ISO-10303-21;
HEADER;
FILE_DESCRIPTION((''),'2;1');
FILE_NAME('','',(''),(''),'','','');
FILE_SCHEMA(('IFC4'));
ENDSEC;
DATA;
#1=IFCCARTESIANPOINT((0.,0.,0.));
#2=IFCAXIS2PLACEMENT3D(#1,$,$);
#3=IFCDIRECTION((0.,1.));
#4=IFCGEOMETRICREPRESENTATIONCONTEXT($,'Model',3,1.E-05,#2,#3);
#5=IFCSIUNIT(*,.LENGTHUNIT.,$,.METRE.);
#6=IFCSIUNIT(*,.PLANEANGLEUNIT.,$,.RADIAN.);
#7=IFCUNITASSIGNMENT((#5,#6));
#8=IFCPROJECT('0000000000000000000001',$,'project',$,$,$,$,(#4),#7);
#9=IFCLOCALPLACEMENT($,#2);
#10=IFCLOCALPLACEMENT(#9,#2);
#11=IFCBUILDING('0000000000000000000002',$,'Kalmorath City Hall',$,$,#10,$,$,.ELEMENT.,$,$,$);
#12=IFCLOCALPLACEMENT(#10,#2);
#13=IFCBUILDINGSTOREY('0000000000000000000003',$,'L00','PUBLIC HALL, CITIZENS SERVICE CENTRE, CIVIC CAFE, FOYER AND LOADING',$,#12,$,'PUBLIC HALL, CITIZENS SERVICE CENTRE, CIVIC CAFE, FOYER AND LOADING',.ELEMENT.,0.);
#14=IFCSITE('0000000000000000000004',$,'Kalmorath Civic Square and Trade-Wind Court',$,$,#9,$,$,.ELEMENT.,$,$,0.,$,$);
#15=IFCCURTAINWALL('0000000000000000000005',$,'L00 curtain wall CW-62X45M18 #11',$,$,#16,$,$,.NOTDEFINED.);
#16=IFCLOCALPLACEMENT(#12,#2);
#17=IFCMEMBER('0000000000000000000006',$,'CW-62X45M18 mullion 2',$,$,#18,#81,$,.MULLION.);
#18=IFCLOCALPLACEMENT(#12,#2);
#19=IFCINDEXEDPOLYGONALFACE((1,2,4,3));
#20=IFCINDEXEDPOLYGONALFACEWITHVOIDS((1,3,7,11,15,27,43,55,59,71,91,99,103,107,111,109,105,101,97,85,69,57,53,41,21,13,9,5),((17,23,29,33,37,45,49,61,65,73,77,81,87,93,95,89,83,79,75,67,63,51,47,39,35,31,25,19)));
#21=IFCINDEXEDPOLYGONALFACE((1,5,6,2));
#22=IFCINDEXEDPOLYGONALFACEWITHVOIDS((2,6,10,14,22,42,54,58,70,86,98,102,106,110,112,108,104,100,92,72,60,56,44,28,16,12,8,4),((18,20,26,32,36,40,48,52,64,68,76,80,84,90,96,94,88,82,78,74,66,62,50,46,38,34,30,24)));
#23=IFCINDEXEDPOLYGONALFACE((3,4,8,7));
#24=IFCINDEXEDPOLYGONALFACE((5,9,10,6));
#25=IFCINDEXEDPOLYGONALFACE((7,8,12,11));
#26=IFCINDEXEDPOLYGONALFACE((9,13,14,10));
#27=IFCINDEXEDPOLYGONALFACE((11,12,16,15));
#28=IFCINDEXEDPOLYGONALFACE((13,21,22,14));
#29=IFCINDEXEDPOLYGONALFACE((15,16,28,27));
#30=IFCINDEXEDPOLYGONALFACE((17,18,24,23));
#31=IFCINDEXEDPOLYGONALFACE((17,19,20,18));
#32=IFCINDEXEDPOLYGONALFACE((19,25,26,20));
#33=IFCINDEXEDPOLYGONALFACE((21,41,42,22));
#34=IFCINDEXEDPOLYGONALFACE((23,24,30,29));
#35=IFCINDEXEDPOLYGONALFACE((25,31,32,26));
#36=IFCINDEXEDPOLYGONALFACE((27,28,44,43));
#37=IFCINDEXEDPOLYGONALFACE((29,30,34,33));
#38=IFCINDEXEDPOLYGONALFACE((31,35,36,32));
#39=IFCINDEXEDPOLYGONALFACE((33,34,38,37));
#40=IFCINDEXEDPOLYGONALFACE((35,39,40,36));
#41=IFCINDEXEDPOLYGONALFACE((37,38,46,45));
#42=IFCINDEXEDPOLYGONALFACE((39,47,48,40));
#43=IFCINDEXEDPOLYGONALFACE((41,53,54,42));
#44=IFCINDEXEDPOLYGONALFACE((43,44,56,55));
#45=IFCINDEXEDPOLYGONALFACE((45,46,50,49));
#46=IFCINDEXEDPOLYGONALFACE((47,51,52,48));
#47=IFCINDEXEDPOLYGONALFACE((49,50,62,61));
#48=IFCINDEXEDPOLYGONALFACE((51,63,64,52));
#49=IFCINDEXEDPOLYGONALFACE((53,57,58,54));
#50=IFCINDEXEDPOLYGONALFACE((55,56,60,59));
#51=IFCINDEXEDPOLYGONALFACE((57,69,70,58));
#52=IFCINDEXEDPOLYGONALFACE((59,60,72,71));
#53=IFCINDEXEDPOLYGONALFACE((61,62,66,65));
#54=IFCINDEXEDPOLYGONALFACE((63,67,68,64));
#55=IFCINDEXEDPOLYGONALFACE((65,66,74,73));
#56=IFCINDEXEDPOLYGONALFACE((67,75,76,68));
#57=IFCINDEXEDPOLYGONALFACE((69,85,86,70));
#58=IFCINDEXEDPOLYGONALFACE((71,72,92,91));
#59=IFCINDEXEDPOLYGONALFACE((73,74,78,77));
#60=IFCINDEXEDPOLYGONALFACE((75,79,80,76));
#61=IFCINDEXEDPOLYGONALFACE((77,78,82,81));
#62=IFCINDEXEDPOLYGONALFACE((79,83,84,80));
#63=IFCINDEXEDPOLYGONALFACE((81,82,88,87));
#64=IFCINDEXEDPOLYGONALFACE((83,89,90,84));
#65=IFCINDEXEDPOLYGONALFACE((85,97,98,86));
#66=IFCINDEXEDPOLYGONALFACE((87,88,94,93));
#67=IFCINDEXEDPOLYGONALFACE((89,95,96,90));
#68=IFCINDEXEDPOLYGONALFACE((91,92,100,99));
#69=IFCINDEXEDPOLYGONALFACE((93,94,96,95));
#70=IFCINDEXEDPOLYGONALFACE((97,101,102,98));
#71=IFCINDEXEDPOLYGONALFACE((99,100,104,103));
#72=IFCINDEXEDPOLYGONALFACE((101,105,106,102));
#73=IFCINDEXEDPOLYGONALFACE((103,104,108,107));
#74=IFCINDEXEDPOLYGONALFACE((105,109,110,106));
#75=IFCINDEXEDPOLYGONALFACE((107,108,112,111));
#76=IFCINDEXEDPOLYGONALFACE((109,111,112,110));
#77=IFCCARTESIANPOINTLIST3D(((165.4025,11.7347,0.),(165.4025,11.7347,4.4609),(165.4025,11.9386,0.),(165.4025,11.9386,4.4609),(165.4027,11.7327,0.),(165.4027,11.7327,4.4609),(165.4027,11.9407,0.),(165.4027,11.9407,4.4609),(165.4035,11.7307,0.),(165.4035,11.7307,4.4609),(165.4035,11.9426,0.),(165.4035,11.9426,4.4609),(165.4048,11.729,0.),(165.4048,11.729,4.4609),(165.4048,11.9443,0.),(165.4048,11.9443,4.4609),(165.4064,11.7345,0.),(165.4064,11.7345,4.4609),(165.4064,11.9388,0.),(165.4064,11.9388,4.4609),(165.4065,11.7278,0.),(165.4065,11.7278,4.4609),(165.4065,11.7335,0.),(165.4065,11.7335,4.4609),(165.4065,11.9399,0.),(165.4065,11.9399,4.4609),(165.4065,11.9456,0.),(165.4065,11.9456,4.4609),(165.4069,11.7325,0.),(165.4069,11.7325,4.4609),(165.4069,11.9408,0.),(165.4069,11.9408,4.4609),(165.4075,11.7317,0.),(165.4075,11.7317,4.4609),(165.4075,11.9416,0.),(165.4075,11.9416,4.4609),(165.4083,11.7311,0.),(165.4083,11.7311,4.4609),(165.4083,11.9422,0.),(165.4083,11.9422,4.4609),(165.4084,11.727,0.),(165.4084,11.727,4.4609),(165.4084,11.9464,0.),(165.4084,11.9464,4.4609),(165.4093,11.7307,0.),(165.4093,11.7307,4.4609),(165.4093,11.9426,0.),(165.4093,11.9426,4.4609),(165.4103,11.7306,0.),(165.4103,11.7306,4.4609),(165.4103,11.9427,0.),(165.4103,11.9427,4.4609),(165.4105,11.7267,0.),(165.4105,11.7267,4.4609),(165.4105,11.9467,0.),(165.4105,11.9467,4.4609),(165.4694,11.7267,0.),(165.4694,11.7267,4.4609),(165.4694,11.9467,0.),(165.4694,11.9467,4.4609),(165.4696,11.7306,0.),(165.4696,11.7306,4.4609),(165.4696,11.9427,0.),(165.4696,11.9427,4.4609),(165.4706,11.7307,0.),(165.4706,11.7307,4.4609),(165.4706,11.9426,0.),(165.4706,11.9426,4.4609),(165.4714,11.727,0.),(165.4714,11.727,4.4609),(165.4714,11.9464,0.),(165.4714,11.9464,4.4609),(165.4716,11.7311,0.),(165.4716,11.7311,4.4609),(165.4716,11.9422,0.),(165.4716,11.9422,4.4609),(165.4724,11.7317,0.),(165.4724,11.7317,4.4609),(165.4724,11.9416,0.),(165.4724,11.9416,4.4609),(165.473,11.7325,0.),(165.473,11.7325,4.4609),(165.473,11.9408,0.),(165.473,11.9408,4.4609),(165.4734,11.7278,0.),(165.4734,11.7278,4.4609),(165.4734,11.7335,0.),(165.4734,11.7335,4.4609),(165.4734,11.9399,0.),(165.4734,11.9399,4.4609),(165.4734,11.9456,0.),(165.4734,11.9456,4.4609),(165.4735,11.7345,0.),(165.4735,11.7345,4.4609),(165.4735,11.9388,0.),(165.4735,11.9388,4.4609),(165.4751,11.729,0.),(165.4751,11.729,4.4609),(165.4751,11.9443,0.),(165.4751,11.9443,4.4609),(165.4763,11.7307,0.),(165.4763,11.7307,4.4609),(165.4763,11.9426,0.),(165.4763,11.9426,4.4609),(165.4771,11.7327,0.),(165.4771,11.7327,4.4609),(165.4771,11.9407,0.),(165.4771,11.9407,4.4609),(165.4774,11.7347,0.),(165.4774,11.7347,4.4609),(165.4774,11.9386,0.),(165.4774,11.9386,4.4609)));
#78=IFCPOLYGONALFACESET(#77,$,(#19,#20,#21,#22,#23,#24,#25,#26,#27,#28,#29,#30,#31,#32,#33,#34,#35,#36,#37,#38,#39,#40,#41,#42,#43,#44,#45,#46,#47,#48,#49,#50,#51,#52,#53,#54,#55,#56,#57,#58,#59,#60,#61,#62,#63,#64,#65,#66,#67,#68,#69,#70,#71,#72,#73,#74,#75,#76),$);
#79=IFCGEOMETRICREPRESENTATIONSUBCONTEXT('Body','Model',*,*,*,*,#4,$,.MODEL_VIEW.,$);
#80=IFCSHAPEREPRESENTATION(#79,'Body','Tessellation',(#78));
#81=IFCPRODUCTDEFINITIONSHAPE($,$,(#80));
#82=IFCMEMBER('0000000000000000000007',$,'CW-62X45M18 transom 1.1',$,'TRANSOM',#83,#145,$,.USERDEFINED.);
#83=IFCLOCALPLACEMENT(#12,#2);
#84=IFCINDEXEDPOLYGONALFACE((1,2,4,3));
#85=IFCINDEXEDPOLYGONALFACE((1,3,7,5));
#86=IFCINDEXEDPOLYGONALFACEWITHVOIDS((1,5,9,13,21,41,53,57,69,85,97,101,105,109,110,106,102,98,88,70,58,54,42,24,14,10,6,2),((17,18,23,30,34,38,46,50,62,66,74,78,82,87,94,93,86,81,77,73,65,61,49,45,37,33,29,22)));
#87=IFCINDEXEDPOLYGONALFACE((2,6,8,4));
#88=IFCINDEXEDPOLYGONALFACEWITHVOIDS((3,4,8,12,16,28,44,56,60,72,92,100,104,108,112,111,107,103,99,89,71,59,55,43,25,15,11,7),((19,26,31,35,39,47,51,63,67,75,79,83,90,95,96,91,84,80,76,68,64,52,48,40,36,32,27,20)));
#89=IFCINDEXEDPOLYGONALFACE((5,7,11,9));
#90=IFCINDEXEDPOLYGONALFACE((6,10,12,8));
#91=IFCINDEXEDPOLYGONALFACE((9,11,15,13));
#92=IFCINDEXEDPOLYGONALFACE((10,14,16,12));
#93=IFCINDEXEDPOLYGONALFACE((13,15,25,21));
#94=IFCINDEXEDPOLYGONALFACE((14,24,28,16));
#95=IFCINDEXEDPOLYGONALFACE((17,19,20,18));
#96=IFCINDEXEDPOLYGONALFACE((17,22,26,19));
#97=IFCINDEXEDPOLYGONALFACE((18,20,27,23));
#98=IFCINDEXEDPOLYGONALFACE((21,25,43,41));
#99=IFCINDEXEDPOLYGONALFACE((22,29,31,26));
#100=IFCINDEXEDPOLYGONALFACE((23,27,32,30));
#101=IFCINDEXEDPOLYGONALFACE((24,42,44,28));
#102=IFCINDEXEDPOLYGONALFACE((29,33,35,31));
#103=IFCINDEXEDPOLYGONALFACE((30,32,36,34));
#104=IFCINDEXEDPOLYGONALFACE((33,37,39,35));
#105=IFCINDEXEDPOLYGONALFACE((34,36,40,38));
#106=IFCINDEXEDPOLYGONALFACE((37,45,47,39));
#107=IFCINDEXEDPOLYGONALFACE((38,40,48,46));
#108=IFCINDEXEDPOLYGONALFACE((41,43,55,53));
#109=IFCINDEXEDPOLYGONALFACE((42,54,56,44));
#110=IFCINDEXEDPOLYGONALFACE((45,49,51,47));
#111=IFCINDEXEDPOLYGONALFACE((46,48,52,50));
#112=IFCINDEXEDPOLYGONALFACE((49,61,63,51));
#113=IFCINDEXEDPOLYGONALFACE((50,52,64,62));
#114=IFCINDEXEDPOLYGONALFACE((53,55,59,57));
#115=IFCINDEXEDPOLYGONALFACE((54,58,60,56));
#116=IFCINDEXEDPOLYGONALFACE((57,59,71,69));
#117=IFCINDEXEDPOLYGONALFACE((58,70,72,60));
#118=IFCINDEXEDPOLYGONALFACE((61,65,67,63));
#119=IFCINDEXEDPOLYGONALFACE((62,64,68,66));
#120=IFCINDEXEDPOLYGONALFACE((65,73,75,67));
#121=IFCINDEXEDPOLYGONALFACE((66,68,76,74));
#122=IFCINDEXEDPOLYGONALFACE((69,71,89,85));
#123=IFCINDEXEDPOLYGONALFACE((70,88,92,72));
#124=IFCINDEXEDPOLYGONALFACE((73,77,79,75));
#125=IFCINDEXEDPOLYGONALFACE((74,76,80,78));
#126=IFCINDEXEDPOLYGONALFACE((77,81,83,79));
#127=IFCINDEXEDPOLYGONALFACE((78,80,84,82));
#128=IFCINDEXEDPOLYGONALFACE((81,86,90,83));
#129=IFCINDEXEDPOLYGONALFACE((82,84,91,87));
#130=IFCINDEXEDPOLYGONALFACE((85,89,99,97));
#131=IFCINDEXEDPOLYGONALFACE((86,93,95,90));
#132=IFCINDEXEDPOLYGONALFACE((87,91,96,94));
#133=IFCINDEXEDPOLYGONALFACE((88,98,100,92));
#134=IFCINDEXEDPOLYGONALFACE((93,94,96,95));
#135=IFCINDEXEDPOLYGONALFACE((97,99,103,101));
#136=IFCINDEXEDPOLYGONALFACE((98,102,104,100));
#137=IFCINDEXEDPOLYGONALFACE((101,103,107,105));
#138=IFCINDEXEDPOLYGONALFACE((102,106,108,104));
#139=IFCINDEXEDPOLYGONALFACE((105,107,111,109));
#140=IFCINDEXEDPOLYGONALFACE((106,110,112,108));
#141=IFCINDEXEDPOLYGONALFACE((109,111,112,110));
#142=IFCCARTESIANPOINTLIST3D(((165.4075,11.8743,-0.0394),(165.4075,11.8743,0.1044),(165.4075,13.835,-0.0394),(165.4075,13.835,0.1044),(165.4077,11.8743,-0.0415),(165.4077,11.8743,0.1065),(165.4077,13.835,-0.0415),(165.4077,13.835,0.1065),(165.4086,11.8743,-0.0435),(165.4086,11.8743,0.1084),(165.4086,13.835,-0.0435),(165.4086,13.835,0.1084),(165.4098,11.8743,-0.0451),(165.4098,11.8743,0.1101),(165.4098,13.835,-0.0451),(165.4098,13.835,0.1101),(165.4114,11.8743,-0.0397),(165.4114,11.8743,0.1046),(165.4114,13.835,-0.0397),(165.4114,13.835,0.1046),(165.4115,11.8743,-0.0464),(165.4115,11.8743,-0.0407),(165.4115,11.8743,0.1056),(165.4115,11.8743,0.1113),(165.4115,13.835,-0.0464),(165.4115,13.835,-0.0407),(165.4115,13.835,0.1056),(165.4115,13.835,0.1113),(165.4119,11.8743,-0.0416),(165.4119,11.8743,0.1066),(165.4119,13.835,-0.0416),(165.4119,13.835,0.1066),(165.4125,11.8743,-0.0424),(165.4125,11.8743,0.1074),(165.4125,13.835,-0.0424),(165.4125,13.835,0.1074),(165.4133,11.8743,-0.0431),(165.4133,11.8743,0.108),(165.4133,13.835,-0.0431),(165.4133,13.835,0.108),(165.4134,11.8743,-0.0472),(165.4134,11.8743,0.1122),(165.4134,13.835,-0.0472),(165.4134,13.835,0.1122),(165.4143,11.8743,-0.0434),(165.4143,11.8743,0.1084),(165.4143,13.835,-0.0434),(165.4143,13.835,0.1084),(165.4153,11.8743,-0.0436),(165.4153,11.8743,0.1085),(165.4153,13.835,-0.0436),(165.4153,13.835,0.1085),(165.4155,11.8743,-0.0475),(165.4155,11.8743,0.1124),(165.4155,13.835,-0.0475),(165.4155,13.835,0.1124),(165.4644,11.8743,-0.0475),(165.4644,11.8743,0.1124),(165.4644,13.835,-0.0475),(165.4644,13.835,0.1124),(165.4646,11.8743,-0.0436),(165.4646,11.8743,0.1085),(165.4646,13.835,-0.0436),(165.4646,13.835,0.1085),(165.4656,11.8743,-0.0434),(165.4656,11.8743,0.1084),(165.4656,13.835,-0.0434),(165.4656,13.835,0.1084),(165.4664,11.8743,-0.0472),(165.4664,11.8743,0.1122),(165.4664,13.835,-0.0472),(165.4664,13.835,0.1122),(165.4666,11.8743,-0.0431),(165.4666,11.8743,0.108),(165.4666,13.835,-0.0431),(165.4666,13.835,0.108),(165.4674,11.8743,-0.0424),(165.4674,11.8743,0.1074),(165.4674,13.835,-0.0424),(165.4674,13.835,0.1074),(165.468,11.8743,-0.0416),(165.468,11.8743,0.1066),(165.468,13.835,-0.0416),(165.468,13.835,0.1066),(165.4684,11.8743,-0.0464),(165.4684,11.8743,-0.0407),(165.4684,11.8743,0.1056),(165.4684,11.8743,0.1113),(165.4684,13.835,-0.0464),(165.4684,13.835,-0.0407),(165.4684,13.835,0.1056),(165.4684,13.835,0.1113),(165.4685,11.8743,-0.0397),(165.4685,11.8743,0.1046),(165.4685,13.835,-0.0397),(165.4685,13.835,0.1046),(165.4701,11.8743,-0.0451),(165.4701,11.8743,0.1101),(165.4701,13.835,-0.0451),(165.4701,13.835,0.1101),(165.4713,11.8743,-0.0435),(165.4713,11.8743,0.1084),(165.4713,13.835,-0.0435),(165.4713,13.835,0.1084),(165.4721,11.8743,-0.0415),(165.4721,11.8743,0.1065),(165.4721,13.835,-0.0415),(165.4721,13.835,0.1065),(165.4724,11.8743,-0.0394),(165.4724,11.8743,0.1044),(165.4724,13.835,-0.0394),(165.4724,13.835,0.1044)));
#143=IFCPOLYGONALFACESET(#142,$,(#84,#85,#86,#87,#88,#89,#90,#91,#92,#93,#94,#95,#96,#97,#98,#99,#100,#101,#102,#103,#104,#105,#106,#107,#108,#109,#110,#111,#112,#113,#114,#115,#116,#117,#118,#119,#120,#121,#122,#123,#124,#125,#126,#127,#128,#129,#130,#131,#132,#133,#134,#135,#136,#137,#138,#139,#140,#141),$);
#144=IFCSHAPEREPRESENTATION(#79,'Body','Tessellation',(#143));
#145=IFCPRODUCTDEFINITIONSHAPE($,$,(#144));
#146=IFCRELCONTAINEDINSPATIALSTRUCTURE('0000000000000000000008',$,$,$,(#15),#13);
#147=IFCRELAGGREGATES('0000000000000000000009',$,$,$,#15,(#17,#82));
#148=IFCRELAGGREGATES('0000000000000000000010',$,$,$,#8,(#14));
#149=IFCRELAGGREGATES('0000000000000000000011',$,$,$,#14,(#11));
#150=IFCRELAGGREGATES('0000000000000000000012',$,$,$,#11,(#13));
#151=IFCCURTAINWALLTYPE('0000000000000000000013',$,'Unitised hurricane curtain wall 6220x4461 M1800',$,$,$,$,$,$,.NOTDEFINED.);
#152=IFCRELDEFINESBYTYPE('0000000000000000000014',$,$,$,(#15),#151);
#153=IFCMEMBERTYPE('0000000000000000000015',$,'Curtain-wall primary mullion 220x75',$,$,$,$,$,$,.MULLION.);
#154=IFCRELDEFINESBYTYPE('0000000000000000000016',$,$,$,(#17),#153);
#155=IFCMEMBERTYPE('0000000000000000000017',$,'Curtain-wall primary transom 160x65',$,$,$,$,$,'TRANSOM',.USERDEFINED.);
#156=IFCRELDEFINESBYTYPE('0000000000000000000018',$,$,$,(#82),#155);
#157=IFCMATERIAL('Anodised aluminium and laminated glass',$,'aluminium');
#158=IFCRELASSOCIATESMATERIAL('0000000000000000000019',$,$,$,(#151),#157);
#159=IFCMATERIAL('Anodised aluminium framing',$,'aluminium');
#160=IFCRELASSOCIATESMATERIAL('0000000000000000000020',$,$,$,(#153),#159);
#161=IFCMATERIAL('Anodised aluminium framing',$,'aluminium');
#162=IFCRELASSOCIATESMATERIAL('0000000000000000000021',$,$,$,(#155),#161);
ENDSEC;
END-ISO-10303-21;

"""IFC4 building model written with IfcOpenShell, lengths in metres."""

from ifc_helpers import new_model, si_unit, direction, frame, origin, origin_2d, place, context, subcontext, project, spatial, hollow_rectangle, extrude, material, material_profile, profile_set, type_object, element, aggregate, save


model = new_model("IFC4")

# Units and contexts
model_context = context("Model", 3, precision=1e-05, world=origin(), true_north=direction((0.0, 1.0)))
body_context = subcontext(model_context, "Body", "Model", "MODEL_VIEW")
ifc_project = project(units=[si_unit("LENGTHUNIT", "METRE"), si_unit("PLANEANGLEUNIT", "RADIAN")], contexts=[model_context])

# Site, building, storey
site_placement = place(None, origin())
site = spatial("IfcSite", under=ifc_project, at=site_placement, Name="Kalmorath Civic Square and Trade-Wind Court", CompositionType="ELEMENT", RefElevation=0.0)
building_placement = place(site_placement, origin())
building = spatial("IfcBuilding", under=site, at=building_placement, Name="Kalmorath City Hall", CompositionType="ELEMENT")
storey_placement = place(building_placement, origin())
storey = spatial("IfcBuildingStorey", under=building, at=storey_placement, Name="L00", Description="PUBLIC HALL, CITIZENS SERVICE CENTRE, CIVIC CAFE, FOYER AND LOADING", LongName="PUBLIC HALL, CITIZENS SERVICE CENTRE, CIVIC CAFE, FOYER AND LOADING", CompositionType="ELEMENT", Elevation=0.0)

# Curtain wall, members
ifc_material_1 = material(Name="Anodised aluminium and laminated glass", Category="aluminium")
curtain_wall_type = type_object("IfcCurtainWallType", Name="Unitised hurricane curtain wall 6220x4461 M1800", PredefinedType="NOTDEFINED", material=ifc_material_1)
curtain_wall_placement = place(storey_placement, origin())
curtain_wall = element("IfcCurtainWall", 1, at=curtain_wall_placement, inside=storey, type_object=curtain_wall_type, Name="L00 curtain wall CW-62X45M18 #11", PredefinedType="NOTDEFINED")
ifc_material_2 = material(Name="Anodised aluminium framing", Category="aluminium")
ifc_material_profile_1 = material_profile(ifc_material_2, hollow_rectangle(XDim=0.075, YDim=0.22, WallThickness=0.0039, InnerFilletRadius=0.0039, OuterFilletRadius=0.0081, at=origin_2d()), Name="ALU-MUL-220X75X4")
ifc_profile_set_1 = profile_set([ifc_material_profile_1], Name="Anodised aluminium framing")
member_type_1 = type_object("IfcMemberType", Name="Curtain-wall primary mullion 220x75", PredefinedType="MULLION", material=ifc_profile_set_1)
member_1_placement = place(storey_placement, frame((165.4399, 11.8367, 0.0), z_axis=(0.0, 0.0, 1.0), x_axis=(1.0, 0.0, 0.0)))
member_1 = element("IfcMember", 2, at=member_1_placement, type_object=member_type_1, Name="CW-62X45M18 mullion 2", PredefinedType="MULLION", context=body_context, shape_type="SweptSolid", body=[
    extrude(hollow_rectangle(XDim=0.075, YDim=0.22, WallThickness=0.0039, InnerFilletRadius=0.0039, OuterFilletRadius=0.0081, at=origin_2d()), origin(), (0.0, 0.0, 1.0), 4.4609),
])
ifc_material_3 = material(Name="Anodised aluminium framing", Category="aluminium")
ifc_material_profile_2 = material_profile(ifc_material_3, hollow_rectangle(XDim=0.0649, YDim=0.1599, WallThickness=0.0039, InnerFilletRadius=0.0039, OuterFilletRadius=0.0081, at=origin_2d()), Name="ALU-TRN-160X65X4")
ifc_profile_set_2 = profile_set([ifc_material_profile_2], Name="Anodised aluminium framing")
member_type_2 = type_object("IfcMemberType", Name="Curtain-wall primary transom 160x65", ElementType="TRANSOM", PredefinedType="USERDEFINED", material=ifc_profile_set_2)
member_2_placement = place(storey_placement, frame((165.4399, 13.835, 0.0325), z_axis=(0.0, -1.0, 0.0), x_axis=(1.0, 0.0, 0.0)))
member_2 = element("IfcMember", 3, at=member_2_placement, type_object=member_type_2, Name="CW-62X45M18 transom 1.1", ObjectType="TRANSOM", PredefinedType="USERDEFINED", context=body_context, shape_type="SweptSolid", body=[
    extrude(hollow_rectangle(XDim=0.0649, YDim=0.1599, WallThickness=0.0039, InnerFilletRadius=0.0039, OuterFilletRadius=0.0081, at=origin_2d()), origin(), (0.0, 0.0, 1.0), 1.9607),
])

aggregate(curtain_wall, [member_1, member_2])

save(model, "model.ifc")
